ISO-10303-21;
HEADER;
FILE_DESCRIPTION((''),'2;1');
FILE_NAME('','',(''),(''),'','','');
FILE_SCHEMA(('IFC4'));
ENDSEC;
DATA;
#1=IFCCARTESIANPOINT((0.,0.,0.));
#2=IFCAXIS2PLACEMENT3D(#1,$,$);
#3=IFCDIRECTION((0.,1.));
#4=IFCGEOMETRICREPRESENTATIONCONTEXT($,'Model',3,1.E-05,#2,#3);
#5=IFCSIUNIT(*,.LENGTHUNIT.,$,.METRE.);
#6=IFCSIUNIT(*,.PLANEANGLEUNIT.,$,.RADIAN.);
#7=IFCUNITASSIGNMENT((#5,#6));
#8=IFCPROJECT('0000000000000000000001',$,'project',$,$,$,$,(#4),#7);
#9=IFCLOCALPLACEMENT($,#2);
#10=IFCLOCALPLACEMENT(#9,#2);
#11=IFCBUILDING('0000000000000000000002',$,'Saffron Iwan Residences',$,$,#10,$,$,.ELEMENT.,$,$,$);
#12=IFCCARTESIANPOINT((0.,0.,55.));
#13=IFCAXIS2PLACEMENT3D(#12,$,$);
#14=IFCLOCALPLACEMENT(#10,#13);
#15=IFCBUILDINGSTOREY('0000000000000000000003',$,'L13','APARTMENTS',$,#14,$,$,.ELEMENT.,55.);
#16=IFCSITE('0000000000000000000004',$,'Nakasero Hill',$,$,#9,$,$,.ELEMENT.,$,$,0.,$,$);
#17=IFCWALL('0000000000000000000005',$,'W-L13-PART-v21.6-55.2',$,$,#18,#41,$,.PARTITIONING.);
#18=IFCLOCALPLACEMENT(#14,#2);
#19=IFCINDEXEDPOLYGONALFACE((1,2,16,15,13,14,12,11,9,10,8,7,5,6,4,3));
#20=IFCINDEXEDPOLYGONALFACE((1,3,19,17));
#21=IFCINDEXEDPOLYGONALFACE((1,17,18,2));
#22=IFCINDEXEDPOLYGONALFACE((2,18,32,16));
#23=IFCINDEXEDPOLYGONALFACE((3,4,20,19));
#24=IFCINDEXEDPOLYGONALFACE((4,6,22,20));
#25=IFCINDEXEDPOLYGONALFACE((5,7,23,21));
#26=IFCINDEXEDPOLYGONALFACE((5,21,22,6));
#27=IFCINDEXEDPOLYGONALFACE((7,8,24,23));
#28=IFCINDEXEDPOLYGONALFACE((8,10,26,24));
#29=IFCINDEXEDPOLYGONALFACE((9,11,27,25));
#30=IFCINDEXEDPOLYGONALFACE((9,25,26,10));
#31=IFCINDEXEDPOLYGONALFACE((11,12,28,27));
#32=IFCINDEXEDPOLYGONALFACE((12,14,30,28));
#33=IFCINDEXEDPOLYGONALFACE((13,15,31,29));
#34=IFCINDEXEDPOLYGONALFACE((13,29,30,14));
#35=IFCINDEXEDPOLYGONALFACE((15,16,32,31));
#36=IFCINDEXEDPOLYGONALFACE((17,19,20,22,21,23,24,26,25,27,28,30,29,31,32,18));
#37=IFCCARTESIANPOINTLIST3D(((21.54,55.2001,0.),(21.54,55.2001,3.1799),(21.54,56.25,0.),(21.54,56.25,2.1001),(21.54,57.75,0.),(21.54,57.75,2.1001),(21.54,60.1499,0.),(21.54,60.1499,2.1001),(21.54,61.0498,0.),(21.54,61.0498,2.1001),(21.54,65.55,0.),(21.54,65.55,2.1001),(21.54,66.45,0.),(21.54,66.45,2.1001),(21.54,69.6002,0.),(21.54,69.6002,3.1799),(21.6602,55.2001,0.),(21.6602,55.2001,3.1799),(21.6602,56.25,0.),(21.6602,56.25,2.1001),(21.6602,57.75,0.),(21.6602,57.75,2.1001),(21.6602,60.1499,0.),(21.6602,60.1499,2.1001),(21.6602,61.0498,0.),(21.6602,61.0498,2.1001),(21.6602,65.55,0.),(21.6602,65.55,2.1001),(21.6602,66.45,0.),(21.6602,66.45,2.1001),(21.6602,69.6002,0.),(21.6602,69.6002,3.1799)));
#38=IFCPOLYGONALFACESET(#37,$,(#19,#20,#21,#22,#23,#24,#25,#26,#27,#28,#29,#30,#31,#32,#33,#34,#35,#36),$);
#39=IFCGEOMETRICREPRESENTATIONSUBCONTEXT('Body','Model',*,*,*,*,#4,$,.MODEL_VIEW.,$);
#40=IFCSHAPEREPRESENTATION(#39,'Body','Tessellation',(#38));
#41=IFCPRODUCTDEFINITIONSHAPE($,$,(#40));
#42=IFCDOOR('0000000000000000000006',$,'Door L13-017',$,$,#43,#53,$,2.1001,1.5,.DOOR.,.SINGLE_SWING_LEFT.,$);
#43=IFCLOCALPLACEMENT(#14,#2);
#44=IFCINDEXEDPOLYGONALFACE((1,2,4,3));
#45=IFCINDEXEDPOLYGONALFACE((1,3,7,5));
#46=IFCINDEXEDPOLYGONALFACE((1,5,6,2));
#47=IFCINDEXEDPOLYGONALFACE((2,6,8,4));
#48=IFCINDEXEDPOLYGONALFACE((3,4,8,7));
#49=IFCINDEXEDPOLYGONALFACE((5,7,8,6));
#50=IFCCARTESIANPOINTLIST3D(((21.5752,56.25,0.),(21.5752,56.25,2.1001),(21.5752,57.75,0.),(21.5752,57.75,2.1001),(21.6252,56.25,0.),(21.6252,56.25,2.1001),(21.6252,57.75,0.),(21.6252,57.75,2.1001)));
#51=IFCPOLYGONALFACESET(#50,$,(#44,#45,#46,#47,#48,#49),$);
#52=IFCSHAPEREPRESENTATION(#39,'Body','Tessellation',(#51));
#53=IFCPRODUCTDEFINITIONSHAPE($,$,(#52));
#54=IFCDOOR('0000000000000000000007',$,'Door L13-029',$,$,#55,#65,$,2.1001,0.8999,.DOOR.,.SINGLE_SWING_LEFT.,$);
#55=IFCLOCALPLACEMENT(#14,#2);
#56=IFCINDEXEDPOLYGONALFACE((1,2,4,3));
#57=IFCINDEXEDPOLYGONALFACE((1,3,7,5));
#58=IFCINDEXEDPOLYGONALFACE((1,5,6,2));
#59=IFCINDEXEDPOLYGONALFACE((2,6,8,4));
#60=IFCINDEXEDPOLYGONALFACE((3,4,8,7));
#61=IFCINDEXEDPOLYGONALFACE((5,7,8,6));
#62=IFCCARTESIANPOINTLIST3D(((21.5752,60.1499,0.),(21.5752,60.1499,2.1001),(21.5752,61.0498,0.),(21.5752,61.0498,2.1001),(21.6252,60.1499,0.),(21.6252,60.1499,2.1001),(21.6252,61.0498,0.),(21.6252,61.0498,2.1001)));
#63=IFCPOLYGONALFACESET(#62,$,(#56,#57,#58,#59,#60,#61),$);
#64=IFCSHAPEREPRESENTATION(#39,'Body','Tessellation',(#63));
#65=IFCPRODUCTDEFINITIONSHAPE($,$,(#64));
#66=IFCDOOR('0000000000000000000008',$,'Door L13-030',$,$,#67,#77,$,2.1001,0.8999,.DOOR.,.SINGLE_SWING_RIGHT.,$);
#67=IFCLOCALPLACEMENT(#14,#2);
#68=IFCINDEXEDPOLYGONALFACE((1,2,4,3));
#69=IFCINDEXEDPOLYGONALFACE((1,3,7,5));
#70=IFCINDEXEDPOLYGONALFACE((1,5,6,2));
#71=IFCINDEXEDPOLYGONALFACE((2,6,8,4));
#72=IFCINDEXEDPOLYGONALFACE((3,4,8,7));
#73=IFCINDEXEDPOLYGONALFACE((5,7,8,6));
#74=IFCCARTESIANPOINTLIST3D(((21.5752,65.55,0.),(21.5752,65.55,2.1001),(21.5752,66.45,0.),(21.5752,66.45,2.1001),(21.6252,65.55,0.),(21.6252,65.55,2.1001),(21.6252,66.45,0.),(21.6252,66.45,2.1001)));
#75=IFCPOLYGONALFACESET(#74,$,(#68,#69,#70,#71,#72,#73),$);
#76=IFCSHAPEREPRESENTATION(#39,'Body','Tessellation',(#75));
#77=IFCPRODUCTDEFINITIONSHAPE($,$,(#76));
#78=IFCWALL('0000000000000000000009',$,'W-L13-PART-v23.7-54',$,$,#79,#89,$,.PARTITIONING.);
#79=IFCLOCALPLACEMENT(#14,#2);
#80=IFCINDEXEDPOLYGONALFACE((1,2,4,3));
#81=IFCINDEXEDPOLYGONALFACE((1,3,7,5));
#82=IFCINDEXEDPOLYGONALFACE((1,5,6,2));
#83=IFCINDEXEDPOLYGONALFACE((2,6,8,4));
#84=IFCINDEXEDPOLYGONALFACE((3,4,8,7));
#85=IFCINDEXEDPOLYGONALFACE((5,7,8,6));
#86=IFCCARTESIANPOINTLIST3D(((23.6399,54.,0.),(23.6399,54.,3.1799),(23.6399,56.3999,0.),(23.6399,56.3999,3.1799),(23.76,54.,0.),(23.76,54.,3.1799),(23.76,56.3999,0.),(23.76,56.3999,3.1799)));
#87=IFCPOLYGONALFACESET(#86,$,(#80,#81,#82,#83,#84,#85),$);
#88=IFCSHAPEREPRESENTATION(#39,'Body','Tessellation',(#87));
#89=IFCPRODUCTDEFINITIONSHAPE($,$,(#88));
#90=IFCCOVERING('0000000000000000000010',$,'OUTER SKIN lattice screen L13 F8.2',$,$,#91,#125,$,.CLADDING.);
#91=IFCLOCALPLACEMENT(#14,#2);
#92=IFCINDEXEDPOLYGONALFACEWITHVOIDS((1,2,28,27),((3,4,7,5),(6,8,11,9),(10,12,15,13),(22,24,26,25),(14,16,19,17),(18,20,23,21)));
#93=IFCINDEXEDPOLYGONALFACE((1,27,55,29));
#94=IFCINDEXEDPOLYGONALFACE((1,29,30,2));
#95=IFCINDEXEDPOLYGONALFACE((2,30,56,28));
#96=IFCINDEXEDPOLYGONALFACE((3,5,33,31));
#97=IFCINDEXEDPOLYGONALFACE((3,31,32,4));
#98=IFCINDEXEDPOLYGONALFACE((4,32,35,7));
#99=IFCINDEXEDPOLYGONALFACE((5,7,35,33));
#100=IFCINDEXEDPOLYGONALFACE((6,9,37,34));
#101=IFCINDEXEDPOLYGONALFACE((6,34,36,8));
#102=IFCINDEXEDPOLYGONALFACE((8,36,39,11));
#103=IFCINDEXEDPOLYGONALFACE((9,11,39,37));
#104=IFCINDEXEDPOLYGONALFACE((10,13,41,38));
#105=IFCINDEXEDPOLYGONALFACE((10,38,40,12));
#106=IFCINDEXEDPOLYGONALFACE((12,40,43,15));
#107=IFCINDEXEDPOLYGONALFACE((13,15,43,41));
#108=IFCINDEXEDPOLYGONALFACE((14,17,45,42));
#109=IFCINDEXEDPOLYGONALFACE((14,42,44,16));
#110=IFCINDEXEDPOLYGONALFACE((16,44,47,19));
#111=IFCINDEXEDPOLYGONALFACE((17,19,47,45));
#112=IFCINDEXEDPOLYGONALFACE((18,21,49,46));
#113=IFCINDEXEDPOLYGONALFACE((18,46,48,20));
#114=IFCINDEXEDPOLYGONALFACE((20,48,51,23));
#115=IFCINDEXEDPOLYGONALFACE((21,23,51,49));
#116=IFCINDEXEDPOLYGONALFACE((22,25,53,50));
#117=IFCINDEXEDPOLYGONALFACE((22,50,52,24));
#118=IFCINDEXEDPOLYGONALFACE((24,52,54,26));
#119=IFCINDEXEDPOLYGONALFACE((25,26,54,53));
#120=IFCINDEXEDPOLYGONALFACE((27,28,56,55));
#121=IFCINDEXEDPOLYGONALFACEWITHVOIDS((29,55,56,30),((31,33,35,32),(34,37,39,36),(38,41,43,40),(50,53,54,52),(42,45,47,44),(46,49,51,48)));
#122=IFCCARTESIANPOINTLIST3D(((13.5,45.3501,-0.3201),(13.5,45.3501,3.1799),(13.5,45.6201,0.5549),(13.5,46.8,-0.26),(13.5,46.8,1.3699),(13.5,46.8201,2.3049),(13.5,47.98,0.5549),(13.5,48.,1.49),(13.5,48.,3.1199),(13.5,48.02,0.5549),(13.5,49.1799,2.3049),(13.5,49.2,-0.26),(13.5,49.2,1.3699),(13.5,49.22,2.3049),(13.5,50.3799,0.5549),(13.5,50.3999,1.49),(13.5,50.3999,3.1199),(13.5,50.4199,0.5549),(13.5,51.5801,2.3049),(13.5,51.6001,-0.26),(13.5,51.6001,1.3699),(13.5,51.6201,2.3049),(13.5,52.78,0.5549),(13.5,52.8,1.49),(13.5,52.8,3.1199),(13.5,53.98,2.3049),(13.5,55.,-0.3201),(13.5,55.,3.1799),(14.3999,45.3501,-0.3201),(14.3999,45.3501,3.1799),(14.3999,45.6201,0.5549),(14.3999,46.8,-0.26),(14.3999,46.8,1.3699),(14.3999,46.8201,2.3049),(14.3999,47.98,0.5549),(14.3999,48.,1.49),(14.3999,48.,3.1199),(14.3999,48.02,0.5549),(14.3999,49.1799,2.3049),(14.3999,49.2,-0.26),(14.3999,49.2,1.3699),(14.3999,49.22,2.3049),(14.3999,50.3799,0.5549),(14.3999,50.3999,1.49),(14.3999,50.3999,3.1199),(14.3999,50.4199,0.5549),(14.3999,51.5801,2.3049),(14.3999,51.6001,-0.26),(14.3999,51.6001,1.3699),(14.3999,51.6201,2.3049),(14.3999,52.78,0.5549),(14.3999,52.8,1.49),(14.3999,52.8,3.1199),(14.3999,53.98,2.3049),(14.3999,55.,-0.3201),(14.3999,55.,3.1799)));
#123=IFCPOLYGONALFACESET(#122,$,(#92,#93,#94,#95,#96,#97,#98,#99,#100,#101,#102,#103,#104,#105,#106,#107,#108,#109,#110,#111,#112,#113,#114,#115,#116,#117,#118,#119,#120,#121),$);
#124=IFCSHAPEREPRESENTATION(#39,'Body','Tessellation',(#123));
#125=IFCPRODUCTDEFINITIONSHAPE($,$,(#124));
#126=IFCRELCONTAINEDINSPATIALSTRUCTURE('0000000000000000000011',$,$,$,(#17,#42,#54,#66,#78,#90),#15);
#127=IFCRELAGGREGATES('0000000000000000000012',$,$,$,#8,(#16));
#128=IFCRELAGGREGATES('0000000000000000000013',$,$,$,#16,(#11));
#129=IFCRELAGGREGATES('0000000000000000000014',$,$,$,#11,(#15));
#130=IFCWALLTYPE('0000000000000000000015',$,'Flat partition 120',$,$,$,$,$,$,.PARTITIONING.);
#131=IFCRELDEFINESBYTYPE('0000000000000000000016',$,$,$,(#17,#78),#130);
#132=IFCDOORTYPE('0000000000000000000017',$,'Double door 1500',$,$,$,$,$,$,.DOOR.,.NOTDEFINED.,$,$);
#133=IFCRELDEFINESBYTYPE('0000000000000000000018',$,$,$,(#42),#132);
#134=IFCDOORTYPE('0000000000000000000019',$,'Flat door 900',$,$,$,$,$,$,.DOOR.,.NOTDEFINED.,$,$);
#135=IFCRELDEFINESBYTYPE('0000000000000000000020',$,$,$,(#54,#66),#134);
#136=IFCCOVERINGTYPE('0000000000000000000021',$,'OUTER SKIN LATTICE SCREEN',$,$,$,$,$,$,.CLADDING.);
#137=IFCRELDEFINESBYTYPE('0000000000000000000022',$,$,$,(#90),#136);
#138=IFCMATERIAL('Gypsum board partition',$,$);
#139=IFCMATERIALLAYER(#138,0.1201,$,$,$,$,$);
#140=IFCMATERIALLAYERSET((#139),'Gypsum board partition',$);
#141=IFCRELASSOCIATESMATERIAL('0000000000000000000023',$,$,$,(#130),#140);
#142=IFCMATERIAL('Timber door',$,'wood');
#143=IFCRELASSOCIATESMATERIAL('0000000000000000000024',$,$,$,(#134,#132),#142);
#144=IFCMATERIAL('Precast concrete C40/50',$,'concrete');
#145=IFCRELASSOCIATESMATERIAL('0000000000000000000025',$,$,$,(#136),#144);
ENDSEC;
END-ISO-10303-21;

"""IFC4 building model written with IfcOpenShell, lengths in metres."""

from ifc_helpers import new_model, si_unit, direction, frame, frame_2d, origin, place, context, subcontext, project, spatial, polyline, rectangle, outline, extrude, material, layer, layer_set, type_object, element, fill, save


model = new_model("IFC4")

# Units and contexts
model_context = context("Model", 3, precision=1e-05, world=origin(), true_north=direction((0.0, 1.0)))
body_context = subcontext(model_context, "Body", "Model", "MODEL_VIEW")
ifc_project = project(units=[si_unit("LENGTHUNIT", "METRE"), si_unit("PLANEANGLEUNIT", "RADIAN")], contexts=[model_context])

# Site, building, storey
site_placement = place(None, origin())
site = spatial("IfcSite", under=ifc_project, at=site_placement, Name="Nakasero Hill", CompositionType="ELEMENT", RefElevation=0.0)
building_placement = place(site_placement, origin())
building = spatial("IfcBuilding", under=site, at=building_placement, Name="Saffron Iwan Residences", CompositionType="ELEMENT")
storey_placement = place(building_placement, frame((0.0, 0.0, 55.0)))
storey = spatial("IfcBuildingStorey", under=building, at=storey_placement, Name="L13", Description="APARTMENTS", CompositionType="ELEMENT", Elevation=55.0)

# Shared definitions
ifc_material_1 = material(Name="Gypsum board partition")
ifc_layer_1 = layer(ifc_material_1, 0.1201)
ifc_layer_set_1 = layer_set([ifc_layer_1], Name="Gypsum board partition")
wall_type_1 = type_object("IfcWallType", Name="Flat partition 120", PredefinedType="PARTITIONING", material=ifc_layer_set_1)
ifc_material_2 = material(Name="Timber door", Category="wood")

# Shared definitions
door_type_1 = type_object("IfcDoorType", Name="Flat door 900", OperationType="NOTDEFINED", PredefinedType="DOOR", material=ifc_material_2)

# Wall, openings, doors
wall_1_placement = place(storey_placement, frame((21.6001, 55.2, 0.0), z_axis=(0.0, 0.0, 1.0), x_axis=(0.0, 1.0, 0.0)))
wall_1 = element("IfcWall", 1, at=wall_1_placement, inside=storey, type_object=wall_type_1, Name="W-L13-PART-v21.6-55.2", PredefinedType="PARTITIONING", context=body_context, shape_type="SweptSolid", body=[
    extrude(rectangle(XDim=14.4001, YDim=0.1201, at=frame_2d((7.2002, 0.0))), origin(), (0.0, 0.0, 1.0), 3.1799),
])
opening_1_placement = place(wall_1_placement, frame((1.05, 0.0, 0.0)))
opening_1 = element("IfcOpeningElement", 2, at=opening_1_placement, cuts=wall_1, PredefinedType="OPENING", context=body_context, shape_type="SweptSolid", body=[
    extrude(rectangle(XDim=1.5, YDim=2.1001, at=frame_2d((0.75, 1.05))), frame((0.0, 0.0701, 0.0), z_axis=(0.0, -1.0, 0.0), x_axis=(1.0, 0.0, 0.0)), (0.0, 0.0, 1.0), 0.1401),
])
opening_2_placement = place(wall_1_placement, frame((4.95, 0.0, 0.0)))
opening_2 = element("IfcOpeningElement", 3, at=opening_2_placement, cuts=wall_1, PredefinedType="OPENING", context=body_context, shape_type="SweptSolid", body=[
    extrude(rectangle(XDim=0.8999, YDim=2.1001, at=frame_2d((0.45, 1.05))), frame((0.0, 0.0701, 0.0), z_axis=(0.0, -1.0, 0.0), x_axis=(1.0, 0.0, 0.0)), (0.0, 0.0, 1.0), 0.1401),
])
opening_3_placement = place(wall_1_placement, frame((10.3501, 0.0, 0.0)))
opening_3 = element("IfcOpeningElement", 4, at=opening_3_placement, cuts=wall_1, PredefinedType="OPENING", context=body_context, shape_type="SweptSolid", body=[
    extrude(rectangle(XDim=0.8999, YDim=2.1001, at=frame_2d((0.45, 1.05))), frame((0.0, 0.0701, 0.0), z_axis=(0.0, -1.0, 0.0), x_axis=(1.0, 0.0, 0.0)), (0.0, 0.0, 1.0), 0.1401),
])
door_type_2 = type_object("IfcDoorType", Name="Double door 1500", OperationType="NOTDEFINED", PredefinedType="DOOR", material=ifc_material_2)
door_1_placement = place(opening_1_placement, origin())
door_1 = element("IfcDoor", 5, at=door_1_placement, inside=storey, type_object=door_type_2, Name="Door L13-017", OperationType="SINGLE_SWING_LEFT", OverallHeight=2.1001, OverallWidth=1.5, PredefinedType="DOOR", context=body_context, shape_type="SweptSolid", body=[
    extrude(rectangle(XDim=1.5, YDim=2.1001, at=frame_2d((0.75, 1.05))), frame((0.0, 0.0249, 0.0), z_axis=(0.0, -1.0, 0.0), x_axis=(1.0, 0.0, 0.0)), (0.0, 0.0, 1.0), 0.05),
])
fill(opening_1, door_1)
door_2_placement = place(opening_2_placement, origin())
door_2 = element("IfcDoor", 6, at=door_2_placement, inside=storey, type_object=door_type_1, Name="Door L13-029", OperationType="SINGLE_SWING_LEFT", OverallHeight=2.1001, OverallWidth=0.8999, PredefinedType="DOOR", context=body_context, shape_type="SweptSolid", body=[
    extrude(rectangle(XDim=0.8999, YDim=2.1001, at=frame_2d((0.45, 1.05))), frame((0.0, 0.0249, 0.0), z_axis=(0.0, -1.0, 0.0), x_axis=(1.0, 0.0, 0.0)), (0.0, 0.0, 1.0), 0.05),
])
fill(opening_2, door_2)
door_3_placement = place(opening_3_placement, origin())
door_3 = element("IfcDoor", 7, at=door_3_placement, inside=storey, type_object=door_type_1, Name="Door L13-030", OperationType="SINGLE_SWING_RIGHT", OverallHeight=2.1001, OverallWidth=0.8999, PredefinedType="DOOR", context=body_context, shape_type="SweptSolid", body=[
    extrude(rectangle(XDim=0.8999, YDim=2.1001, at=frame_2d((0.45, 1.05))), frame((0.0, 0.0249, 0.0), z_axis=(0.0, -1.0, 0.0), x_axis=(1.0, 0.0, 0.0)), (0.0, 0.0, 1.0), 0.05),
])
fill(opening_3, door_3)

# Wall
wall_2_placement = place(storey_placement, frame((23.7, 54.0, 0.0), z_axis=(0.0, 0.0, 1.0), x_axis=(0.0, 1.0, 0.0)))
element("IfcWall", 8, at=wall_2_placement, inside=storey, type_object=wall_type_1, Name="W-L13-PART-v23.7-54", PredefinedType="PARTITIONING", context=body_context, shape_type="SweptSolid", body=[
    extrude(rectangle(XDim=2.3999, YDim=0.1201, at=frame_2d((1.2, 0.0))), origin(), (0.0, 0.0, 1.0), 3.1799),
])

# Covering
ifc_material_3 = material(Name="Precast concrete C40/50", Category="concrete")
covering_type = type_object("IfcCoveringType", Name="OUTER SKIN LATTICE SCREEN", PredefinedType="CLADDING", material=ifc_material_3)
covering_placement = place(storey_placement, frame((14.3999, 55.0, -0.3201), z_axis=(-1.0, 0.0, 0.0), x_axis=(0.0, -1.0, 0.0)))
element("IfcCovering", 9, at=covering_placement, inside=storey, type_object=covering_type, Name="OUTER SKIN lattice screen L13 F8.2", PredefinedType="CLADDING", context=body_context, shape_type="SweptSolid", body=[
    extrude(outline(polyline([(0.0, 0.0), (9.6499, 0.0), (9.6499, 3.5), (0.0, 3.5), (0.0, 0.0)]), holes=[polyline([(2.22, 0.875), (3.3999, 0.0601), (4.5801, 0.875), (3.3999, 1.6899), (2.22, 0.875)]), polyline([(4.6201, 0.875), (5.8, 0.0601), (6.98, 0.875), (5.8, 1.6899), (4.6201, 0.875)]), polyline([(7.02, 0.875), (8.2, 0.0601), (9.3799, 0.875), (8.2, 1.6899), (7.02, 0.875)]), polyline([(1.02, 2.625), (2.2, 1.8101), (3.3799, 2.625), (2.2, 3.4399), (1.02, 2.625)]), polyline([(3.4199, 2.625), (4.6001, 1.8101), (5.78, 2.625), (4.6001, 3.4399), (3.4199, 2.625)]), polyline([(5.8201, 2.625), (7.0, 1.8101), (8.1799, 2.625), (7.0, 3.4399), (5.8201, 2.625)])]), origin(), (0.0, 0.0, 1.0), 0.8999),
])

save(model, "model.ifc")
